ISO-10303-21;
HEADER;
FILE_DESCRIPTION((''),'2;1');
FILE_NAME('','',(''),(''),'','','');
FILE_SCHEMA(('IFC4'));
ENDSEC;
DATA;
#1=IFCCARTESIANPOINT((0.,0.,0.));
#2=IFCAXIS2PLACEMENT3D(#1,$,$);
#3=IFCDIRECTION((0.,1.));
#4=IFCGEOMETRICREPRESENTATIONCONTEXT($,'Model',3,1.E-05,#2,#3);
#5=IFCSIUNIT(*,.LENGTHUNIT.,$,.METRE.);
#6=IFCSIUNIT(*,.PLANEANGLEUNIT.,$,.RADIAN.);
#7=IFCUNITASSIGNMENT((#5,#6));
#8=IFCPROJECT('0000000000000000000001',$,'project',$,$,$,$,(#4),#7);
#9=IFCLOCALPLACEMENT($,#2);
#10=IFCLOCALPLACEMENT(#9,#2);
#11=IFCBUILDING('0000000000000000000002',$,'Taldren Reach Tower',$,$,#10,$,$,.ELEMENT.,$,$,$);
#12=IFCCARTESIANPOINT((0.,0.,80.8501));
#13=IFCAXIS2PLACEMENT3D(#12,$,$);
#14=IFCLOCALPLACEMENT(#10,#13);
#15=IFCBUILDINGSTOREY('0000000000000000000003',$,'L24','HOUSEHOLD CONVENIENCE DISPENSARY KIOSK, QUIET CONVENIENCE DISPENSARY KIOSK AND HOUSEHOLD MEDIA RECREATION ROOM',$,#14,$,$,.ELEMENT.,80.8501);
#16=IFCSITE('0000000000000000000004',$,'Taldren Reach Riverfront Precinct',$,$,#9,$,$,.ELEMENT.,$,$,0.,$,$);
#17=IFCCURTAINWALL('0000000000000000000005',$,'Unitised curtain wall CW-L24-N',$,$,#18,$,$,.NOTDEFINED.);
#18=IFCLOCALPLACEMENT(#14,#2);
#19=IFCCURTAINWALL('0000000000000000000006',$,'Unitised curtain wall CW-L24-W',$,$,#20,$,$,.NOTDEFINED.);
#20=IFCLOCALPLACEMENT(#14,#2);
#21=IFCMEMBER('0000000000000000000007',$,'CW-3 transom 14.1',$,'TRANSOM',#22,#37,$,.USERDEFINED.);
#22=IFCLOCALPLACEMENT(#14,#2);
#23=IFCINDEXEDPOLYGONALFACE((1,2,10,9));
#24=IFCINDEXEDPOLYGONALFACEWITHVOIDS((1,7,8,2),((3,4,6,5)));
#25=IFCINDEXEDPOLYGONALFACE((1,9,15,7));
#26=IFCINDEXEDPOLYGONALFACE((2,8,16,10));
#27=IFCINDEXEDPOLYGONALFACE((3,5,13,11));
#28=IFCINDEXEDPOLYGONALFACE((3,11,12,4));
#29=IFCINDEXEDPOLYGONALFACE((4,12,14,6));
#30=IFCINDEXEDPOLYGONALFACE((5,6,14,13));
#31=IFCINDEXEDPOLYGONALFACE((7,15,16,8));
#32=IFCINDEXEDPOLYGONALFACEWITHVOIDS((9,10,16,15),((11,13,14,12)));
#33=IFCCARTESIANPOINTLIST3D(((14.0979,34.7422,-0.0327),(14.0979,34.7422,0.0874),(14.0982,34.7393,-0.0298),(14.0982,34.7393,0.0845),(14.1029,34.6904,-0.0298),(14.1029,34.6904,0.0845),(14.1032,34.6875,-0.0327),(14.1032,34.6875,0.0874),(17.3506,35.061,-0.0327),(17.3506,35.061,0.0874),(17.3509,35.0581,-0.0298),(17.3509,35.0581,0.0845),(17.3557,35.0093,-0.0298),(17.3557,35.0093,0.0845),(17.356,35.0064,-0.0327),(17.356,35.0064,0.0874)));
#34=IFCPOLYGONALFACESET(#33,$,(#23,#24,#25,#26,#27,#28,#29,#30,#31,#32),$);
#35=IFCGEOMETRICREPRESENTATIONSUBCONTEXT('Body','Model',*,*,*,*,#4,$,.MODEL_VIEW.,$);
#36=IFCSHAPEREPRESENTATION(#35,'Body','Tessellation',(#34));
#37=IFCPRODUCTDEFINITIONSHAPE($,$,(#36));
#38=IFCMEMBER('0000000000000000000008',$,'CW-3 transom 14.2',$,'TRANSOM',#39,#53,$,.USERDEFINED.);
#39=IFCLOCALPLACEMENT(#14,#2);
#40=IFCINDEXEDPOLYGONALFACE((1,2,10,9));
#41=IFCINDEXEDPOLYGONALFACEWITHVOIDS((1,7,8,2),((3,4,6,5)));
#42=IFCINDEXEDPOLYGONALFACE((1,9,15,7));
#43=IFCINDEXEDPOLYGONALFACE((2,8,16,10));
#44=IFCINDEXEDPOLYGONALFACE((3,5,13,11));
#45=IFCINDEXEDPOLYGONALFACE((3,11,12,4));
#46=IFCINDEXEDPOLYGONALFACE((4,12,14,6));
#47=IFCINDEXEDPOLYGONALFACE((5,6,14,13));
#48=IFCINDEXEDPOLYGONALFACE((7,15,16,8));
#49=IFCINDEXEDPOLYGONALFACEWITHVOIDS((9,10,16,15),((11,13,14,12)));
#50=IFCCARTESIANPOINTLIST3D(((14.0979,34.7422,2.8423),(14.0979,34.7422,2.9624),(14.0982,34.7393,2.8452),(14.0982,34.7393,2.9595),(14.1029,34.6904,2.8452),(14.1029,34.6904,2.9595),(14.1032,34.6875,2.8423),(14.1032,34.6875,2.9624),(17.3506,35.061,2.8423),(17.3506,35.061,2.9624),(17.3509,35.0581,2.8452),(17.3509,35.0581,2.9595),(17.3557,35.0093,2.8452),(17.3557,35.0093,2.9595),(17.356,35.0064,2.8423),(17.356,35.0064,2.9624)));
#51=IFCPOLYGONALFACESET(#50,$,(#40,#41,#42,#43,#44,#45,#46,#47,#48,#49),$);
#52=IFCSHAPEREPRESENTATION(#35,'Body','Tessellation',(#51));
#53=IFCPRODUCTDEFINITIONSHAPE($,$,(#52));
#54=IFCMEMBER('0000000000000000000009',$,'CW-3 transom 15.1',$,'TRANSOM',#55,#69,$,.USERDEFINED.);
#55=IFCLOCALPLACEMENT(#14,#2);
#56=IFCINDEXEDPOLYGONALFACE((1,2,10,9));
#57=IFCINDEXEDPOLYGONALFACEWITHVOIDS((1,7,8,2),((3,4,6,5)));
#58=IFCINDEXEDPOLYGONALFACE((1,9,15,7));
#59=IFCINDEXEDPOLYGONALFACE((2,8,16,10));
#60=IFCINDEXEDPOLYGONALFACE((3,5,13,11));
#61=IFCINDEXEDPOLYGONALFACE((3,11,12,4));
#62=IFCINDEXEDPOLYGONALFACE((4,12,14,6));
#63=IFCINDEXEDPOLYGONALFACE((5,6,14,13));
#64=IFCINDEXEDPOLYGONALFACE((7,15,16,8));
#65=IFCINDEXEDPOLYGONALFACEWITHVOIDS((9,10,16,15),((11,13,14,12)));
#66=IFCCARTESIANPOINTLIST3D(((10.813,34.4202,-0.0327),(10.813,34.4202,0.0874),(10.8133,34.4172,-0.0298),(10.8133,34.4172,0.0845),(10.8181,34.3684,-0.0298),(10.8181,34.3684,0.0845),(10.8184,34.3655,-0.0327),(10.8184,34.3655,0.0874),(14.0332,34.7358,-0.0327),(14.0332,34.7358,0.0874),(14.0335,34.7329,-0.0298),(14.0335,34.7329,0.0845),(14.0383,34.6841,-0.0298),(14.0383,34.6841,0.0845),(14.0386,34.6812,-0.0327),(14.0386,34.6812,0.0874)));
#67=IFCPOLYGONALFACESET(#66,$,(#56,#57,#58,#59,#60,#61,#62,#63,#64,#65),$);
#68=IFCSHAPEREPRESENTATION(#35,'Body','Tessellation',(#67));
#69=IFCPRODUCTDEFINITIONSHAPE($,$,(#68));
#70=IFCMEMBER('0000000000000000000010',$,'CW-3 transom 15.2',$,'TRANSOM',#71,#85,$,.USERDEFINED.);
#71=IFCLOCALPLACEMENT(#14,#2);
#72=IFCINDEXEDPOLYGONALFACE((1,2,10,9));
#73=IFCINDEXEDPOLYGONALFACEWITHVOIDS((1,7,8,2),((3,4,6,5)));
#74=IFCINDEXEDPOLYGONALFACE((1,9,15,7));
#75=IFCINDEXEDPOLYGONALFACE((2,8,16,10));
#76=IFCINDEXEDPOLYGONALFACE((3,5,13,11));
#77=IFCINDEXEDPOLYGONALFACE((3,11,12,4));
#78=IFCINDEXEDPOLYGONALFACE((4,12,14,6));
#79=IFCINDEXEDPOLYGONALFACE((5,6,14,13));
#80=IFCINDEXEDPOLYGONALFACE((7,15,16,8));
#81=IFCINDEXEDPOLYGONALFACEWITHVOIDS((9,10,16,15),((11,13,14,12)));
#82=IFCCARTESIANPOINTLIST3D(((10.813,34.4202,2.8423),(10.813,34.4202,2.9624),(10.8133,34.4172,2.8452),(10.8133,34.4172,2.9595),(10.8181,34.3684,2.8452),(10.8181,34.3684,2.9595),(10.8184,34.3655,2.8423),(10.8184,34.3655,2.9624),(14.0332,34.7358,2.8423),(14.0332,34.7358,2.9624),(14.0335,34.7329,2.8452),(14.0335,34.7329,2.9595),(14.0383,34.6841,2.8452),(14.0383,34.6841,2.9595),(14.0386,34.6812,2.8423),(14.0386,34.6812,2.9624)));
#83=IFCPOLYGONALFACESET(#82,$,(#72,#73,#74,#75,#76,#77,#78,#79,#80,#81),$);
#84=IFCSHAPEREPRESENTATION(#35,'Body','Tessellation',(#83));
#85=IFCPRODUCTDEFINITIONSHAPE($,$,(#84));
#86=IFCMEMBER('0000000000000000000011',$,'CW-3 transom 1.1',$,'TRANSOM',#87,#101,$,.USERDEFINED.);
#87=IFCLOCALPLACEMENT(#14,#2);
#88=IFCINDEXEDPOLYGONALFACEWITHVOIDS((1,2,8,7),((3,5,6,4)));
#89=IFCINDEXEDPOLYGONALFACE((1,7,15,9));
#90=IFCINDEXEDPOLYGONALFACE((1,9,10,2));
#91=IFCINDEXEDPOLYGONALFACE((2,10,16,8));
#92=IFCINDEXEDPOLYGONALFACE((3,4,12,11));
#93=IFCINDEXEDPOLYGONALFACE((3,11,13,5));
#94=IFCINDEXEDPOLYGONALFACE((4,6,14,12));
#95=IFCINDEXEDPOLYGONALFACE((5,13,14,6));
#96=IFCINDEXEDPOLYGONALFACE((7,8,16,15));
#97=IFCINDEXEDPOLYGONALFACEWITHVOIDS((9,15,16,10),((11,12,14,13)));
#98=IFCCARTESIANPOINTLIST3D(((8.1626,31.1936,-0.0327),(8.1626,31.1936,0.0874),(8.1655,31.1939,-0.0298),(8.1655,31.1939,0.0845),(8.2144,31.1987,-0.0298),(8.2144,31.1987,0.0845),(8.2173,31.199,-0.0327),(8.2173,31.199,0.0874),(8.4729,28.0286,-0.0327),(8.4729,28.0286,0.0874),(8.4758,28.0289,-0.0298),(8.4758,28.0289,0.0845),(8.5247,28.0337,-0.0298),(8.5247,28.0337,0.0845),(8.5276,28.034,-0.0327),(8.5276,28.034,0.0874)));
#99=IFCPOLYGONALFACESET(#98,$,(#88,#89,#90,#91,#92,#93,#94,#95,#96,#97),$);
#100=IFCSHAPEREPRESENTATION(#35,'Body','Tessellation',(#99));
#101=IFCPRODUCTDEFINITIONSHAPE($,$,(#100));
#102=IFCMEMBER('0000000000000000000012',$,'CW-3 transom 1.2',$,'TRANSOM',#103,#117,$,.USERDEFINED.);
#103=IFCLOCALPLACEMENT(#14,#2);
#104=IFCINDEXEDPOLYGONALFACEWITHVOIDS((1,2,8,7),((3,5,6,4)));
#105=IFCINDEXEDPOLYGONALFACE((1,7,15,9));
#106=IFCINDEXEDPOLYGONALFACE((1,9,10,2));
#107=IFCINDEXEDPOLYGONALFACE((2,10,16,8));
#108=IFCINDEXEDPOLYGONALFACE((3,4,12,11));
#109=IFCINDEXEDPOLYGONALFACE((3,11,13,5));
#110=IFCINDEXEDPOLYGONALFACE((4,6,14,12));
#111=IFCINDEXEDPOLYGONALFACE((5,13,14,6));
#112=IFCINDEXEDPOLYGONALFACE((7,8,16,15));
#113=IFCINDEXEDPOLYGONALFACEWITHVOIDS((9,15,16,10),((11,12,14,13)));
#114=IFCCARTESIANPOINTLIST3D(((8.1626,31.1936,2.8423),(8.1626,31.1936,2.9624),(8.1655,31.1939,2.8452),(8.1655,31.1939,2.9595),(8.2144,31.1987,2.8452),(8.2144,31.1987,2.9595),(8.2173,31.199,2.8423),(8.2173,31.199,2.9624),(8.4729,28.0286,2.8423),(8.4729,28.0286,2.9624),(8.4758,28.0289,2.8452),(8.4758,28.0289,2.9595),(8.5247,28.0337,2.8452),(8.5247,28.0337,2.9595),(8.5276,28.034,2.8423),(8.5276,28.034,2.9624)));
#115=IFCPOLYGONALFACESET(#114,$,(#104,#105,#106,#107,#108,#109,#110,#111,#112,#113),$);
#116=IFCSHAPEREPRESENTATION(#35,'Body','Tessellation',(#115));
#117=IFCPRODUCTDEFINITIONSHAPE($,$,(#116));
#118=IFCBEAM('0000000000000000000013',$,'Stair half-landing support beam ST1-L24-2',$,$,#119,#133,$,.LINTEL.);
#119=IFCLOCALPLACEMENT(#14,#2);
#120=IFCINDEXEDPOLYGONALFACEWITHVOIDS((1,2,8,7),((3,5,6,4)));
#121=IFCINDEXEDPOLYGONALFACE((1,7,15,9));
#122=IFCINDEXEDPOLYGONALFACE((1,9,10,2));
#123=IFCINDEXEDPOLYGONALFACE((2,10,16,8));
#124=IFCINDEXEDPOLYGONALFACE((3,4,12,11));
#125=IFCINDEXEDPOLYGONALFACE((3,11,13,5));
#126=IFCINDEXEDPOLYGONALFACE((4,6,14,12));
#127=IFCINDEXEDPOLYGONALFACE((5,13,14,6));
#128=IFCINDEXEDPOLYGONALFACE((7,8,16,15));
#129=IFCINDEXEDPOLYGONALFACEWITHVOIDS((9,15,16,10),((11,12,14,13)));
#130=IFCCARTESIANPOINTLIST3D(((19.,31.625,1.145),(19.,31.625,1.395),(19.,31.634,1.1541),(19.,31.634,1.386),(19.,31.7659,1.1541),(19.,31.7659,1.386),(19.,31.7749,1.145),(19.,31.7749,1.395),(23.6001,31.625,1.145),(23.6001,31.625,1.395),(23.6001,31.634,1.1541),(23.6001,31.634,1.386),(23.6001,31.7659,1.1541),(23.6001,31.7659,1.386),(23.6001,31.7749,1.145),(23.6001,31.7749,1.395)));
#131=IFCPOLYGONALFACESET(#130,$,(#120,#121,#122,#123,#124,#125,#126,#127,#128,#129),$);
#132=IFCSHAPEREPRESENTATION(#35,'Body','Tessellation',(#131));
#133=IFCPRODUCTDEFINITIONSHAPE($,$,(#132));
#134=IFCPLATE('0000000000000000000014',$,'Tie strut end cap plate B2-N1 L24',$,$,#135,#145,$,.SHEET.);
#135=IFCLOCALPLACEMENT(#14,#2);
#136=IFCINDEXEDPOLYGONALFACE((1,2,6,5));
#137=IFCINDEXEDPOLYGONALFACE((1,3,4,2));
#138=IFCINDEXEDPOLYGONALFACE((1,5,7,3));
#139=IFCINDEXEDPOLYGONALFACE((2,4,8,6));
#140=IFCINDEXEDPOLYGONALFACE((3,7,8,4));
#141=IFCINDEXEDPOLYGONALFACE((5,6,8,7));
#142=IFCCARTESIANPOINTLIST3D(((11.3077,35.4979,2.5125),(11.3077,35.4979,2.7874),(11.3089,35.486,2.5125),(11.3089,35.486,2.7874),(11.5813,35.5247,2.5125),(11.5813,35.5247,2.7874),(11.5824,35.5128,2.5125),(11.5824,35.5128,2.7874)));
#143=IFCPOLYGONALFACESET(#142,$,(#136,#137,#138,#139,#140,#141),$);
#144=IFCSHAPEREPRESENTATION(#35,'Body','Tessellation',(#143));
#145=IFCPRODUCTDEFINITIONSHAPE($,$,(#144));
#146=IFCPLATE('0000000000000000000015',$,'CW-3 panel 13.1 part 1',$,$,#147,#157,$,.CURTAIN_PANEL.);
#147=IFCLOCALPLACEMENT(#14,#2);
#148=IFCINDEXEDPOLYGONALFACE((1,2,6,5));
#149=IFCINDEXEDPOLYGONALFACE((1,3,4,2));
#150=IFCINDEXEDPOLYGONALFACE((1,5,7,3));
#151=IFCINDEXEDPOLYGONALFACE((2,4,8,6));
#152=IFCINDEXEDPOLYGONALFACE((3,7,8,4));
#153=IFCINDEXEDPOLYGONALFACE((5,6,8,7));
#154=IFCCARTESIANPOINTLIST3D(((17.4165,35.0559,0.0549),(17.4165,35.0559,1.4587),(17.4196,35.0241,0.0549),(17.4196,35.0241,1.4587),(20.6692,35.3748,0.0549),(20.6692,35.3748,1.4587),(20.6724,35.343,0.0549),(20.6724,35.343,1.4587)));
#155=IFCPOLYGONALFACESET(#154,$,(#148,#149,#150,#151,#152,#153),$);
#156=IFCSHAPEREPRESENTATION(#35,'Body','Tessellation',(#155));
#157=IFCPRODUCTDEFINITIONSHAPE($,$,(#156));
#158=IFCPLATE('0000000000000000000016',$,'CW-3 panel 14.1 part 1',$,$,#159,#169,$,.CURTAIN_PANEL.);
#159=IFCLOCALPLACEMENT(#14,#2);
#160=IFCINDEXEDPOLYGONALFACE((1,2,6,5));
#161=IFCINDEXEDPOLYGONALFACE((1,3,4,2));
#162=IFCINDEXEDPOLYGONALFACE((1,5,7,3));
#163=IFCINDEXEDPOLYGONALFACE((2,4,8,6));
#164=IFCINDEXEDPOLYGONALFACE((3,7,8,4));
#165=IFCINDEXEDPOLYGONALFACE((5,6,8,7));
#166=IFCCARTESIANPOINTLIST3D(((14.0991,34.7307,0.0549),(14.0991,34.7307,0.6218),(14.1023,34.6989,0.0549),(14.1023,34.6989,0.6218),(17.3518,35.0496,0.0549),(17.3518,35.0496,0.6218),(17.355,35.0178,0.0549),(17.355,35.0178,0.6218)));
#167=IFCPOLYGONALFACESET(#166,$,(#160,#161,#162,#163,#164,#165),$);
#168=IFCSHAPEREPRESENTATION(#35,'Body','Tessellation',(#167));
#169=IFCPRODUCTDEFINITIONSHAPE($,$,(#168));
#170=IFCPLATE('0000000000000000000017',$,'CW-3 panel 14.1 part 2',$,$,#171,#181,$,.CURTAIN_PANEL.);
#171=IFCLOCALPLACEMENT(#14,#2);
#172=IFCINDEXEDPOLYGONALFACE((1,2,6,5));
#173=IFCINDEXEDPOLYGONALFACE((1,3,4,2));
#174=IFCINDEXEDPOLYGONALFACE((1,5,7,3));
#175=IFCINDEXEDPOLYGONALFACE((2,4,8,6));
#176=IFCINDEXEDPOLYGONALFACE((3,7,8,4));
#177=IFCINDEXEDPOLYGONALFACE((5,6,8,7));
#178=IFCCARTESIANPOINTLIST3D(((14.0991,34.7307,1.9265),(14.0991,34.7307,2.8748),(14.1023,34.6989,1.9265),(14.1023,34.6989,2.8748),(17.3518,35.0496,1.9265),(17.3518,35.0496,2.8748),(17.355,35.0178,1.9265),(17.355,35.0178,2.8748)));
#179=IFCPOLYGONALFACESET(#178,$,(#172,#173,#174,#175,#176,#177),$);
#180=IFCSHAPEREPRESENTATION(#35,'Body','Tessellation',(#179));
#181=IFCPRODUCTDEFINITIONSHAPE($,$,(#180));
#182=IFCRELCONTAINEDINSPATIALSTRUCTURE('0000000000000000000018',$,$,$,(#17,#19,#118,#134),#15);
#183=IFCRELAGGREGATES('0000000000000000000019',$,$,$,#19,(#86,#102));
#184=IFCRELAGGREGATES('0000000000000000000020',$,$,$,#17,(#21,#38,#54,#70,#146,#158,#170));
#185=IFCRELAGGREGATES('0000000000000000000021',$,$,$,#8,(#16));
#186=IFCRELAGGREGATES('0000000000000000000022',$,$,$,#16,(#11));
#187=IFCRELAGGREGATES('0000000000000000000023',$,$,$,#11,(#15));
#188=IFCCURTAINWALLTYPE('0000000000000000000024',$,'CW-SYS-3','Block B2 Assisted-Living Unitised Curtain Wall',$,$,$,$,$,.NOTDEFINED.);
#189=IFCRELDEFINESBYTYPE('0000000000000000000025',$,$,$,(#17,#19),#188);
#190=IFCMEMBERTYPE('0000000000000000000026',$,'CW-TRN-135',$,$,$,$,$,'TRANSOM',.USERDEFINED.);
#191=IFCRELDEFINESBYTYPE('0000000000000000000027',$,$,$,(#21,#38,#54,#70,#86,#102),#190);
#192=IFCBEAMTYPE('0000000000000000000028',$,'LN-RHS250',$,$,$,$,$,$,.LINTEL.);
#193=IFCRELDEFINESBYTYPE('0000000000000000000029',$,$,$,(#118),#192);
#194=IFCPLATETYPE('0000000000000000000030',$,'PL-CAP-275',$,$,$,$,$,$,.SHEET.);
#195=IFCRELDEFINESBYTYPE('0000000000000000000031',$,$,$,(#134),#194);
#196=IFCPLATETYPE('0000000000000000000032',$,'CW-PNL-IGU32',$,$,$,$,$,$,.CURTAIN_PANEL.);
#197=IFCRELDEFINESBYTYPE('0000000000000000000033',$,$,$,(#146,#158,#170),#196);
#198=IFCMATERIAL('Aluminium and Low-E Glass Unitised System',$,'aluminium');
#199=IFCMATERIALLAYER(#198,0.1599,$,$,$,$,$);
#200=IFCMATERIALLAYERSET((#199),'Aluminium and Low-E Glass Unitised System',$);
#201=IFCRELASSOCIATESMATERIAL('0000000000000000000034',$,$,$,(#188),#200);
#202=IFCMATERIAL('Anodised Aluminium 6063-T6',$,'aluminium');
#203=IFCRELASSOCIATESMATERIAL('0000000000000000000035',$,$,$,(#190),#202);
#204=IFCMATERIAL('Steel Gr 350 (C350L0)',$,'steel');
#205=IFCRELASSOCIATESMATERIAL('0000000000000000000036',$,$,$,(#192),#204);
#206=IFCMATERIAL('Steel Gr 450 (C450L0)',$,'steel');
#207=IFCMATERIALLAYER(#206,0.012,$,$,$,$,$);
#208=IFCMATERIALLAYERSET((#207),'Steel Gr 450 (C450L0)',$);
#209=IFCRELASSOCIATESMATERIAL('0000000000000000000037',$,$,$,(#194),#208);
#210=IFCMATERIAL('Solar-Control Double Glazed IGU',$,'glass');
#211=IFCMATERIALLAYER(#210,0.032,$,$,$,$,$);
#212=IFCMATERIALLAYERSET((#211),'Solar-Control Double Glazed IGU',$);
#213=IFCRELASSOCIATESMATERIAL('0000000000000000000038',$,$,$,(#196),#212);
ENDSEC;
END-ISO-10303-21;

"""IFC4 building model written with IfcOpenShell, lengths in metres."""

from ifc_helpers import new_model, si_unit, direction, frame, origin, origin_2d, place, context, subcontext, project, spatial, rectangle, hollow_rectangle, extrude, source, transform, mapped, material, layer, layer_set, material_profile, profile_set, type_object, element, aggregate, save


model = new_model("IFC4")

# Units and contexts
model_context = context("Model", 3, precision=1e-05, world=origin(), true_north=direction((0.0, 1.0)))
body_context = subcontext(model_context, "Body", "Model", "MODEL_VIEW")
ifc_project = project(units=[si_unit("LENGTHUNIT", "METRE"), si_unit("PLANEANGLEUNIT", "RADIAN")], contexts=[model_context])

# Site, building, storey
site_placement = place(None, origin())
site = spatial("IfcSite", under=ifc_project, at=site_placement, Name="Taldren Reach Riverfront Precinct", CompositionType="ELEMENT", RefElevation=0.0)
building_placement = place(site_placement, origin())
building = spatial("IfcBuilding", under=site, at=building_placement, Name="Taldren Reach Tower", CompositionType="ELEMENT")
storey_placement = place(building_placement, frame((0.0, 0.0, 80.8501)))
storey = spatial("IfcBuildingStorey", under=building, at=storey_placement, Name="L24", Description="HOUSEHOLD CONVENIENCE DISPENSARY KIOSK, QUIET CONVENIENCE DISPENSARY KIOSK AND HOUSEHOLD MEDIA RECREATION ROOM", CompositionType="ELEMENT", Elevation=80.8501)

# Shared definitions
ifc_material_1 = material(Name="Steel Gr 450 (C450L0)", Category="steel")
ifc_material_2 = material(Name="Steel Gr 350 (C350L0)", Category="steel")

# Curtain wall
ifc_material_3 = material(Name="Aluminium and Low-E Glass Unitised System", Category="aluminium")
ifc_layer_1 = layer(ifc_material_3, 0.1599)
ifc_layer_set_1 = layer_set([ifc_layer_1], Name="Aluminium and Low-E Glass Unitised System")
curtain_wall_type = type_object("IfcCurtainWallType", Name="CW-SYS-3", Description="Block B2 Assisted-Living Unitised Curtain Wall", PredefinedType="NOTDEFINED", material=ifc_layer_set_1)
curtain_wall_1_placement = place(storey_placement, origin())
curtain_wall_1 = element("IfcCurtainWall", 1, at=curtain_wall_1_placement, inside=storey, type_object=curtain_wall_type, Name="Unitised curtain wall CW-L24-N", PredefinedType="NOTDEFINED")
ifc_material_4 = material(Name="Anodised Aluminium 6063-T6", Category="aluminium")

# Curtain wall
curtain_wall_2_placement = place(storey_placement, origin())
curtain_wall_2 = element("IfcCurtainWall", 2, at=curtain_wall_2_placement, inside=storey, type_object=curtain_wall_type, Name="Unitised curtain wall CW-L24-W", PredefinedType="NOTDEFINED")

# Members
ifc_material_profile_1 = material_profile(ifc_material_4, hollow_rectangle(XDim=0.0549, YDim=0.1201, WallThickness=0.0029, at=origin_2d()), Name="ALU-120x55x3RHS")
ifc_profile_set_1 = profile_set([ifc_material_profile_1], Name="Anodised Aluminium 6063-T6")
member_type_1 = type_object("IfcMemberType", Name="CW-TRN-135", ElementType="TRANSOM", PredefinedType="USERDEFINED", material=ifc_profile_set_1)
shared_shape_1 = source(origin(), body_context, "Body", "SweptSolid", [
    extrude(hollow_rectangle(XDim=0.0549, YDim=0.1201, WallThickness=0.0029, at=origin_2d()), origin(), (0.0, 0.0, 1.0), 3.2683),
])
member_1_placement = place(storey_placement, frame((17.3533, 35.0337, 0.0273), z_axis=(-0.99523, -0.097558, 0.0), x_axis=(0.097558, -0.99523, 0.0)))
member_1 = element("IfcMember", 3, at=member_1_placement, type_object=member_type_1, Name="CW-3 transom 14.1", ObjectType="TRANSOM", PredefinedType="USERDEFINED", context=body_context, shape_type="MappedRepresentation", body=[
    mapped(shared_shape_1, transform((0.0, 0.0, 0.0), scale=1.0)),
])
member_2_placement = place(storey_placement, frame((17.3533, 35.0337, 2.9023), z_axis=(-0.99523, -0.097558, 0.0), x_axis=(0.097558, -0.99523, 0.0)))
member_2 = element("IfcMember", 4, at=member_2_placement, type_object=member_type_1, Name="CW-3 transom 14.2", ObjectType="TRANSOM", PredefinedType="USERDEFINED", context=body_context, shape_type="MappedRepresentation", body=[
    mapped(shared_shape_1, transform((0.0, 0.0, 0.0), scale=1.0)),
])
shared_shape_2 = source(origin(), body_context, "Body", "SweptSolid", [
    extrude(hollow_rectangle(XDim=0.0549, YDim=0.1201, WallThickness=0.0029, at=origin_2d()), origin(), (0.0, 0.0, 1.0), 3.2356),
])
member_3_placement = place(storey_placement, frame((14.0359, 34.7085, 0.0273), z_axis=(-0.99523, -0.097561, 0.0), x_axis=(0.097561, -0.99523, 0.0)))
member_3 = element("IfcMember", 5, at=member_3_placement, type_object=member_type_1, Name="CW-3 transom 15.1", ObjectType="TRANSOM", PredefinedType="USERDEFINED", context=body_context, shape_type="MappedRepresentation", body=[
    mapped(shared_shape_2, transform((0.0, 0.0, 0.0), scale=1.0)),
])
member_4_placement = place(storey_placement, frame((14.0359, 34.7085, 2.9023), z_axis=(-0.99523, -0.097561, 0.0), x_axis=(0.097561, -0.99523, 0.0)))
member_4 = element("IfcMember", 6, at=member_4_placement, type_object=member_type_1, Name="CW-3 transom 15.2", ObjectType="TRANSOM", PredefinedType="USERDEFINED", context=body_context, shape_type="MappedRepresentation", body=[
    mapped(shared_shape_2, transform((0.0, 0.0, 0.0), scale=1.0)),
])
shared_shape_3 = source(origin(), body_context, "Body", "SweptSolid", [
    extrude(hollow_rectangle(XDim=0.0549, YDim=0.1201, WallThickness=0.0029, at=origin_2d()), origin(), (0.0, 0.0, 1.0), 3.1802),
])
member_5_placement = place(storey_placement, frame((8.1899, 31.1963, 0.0273), z_axis=(0.097573, -0.995228, 0.0), x_axis=(0.995228, 0.097573, 0.0)))
member_5 = element("IfcMember", 7, at=member_5_placement, type_object=member_type_1, Name="CW-3 transom 1.1", ObjectType="TRANSOM", PredefinedType="USERDEFINED", context=body_context, shape_type="MappedRepresentation", body=[
    mapped(shared_shape_3, transform((0.0, 0.0, 0.0), scale=1.0)),
])
member_6_placement = place(storey_placement, frame((8.1899, 31.1963, 2.9023), z_axis=(0.097573, -0.995228, 0.0), x_axis=(0.995228, 0.097573, 0.0)))
member_6 = element("IfcMember", 8, at=member_6_placement, type_object=member_type_1, Name="CW-3 transom 1.2", ObjectType="TRANSOM", PredefinedType="USERDEFINED", context=body_context, shape_type="MappedRepresentation", body=[
    mapped(shared_shape_3, transform((0.0, 0.0, 0.0), scale=1.0)),
])
aggregate(curtain_wall_2, [member_5, member_6])

# Beam
ifc_material_profile_2 = material_profile(ifc_material_2, hollow_rectangle(XDim=0.1499, YDim=0.25, WallThickness=0.009, at=origin_2d()), Name="250x150x9.0RHS")
ifc_profile_set_2 = profile_set([ifc_material_profile_2], Name="Steel Gr 350 (C350L0)")
beam_type_1 = type_object("IfcBeamType", Name="LN-RHS250", PredefinedType="LINTEL", material=ifc_profile_set_2)
shared_shape_4 = source(origin(), body_context, "Body", "SweptSolid", [
    extrude(hollow_rectangle(XDim=0.1499, YDim=0.25, WallThickness=0.009, at=origin_2d()), origin(), (0.0, 0.0, 1.0), 4.6001),
])
beam_1_placement = place(storey_placement, frame((19.0, 31.7, 1.27), z_axis=(1.0, 0.0, 0.0), x_axis=(0.0, 1.0, 0.0)))
element("IfcBeam", 9, at=beam_1_placement, inside=storey, type_object=beam_type_1, Name="Stair half-landing support beam ST1-L24-2", PredefinedType="LINTEL", context=body_context, shape_type="MappedRepresentation", body=[
    mapped(shared_shape_4, transform((0.0, 0.0, 0.0), scale=1.0)),
])

# Plates
ifc_layer_2 = layer(ifc_material_1, 0.012)
ifc_layer_set_2 = layer_set([ifc_layer_2], Name="Steel Gr 450 (C450L0)")
plate_type_1 = type_object("IfcPlateType", Name="PL-CAP-275", PredefinedType="SHEET", material=ifc_layer_set_2)
shared_shape_5 = source(origin(), body_context, "Body", "SweptSolid", [
    extrude(rectangle(XDim=0.2749, YDim=0.012, at=origin_2d()), origin(), (0.0, 0.0, 1.0), 0.2749),
])
plate_1_placement = place(storey_placement, frame((11.4451, 35.5054, 2.5125), z_axis=(0.0, 0.0, 1.0), x_axis=(0.995227, 0.097583, 0.0)))
element("IfcPlate", 10, at=plate_1_placement, inside=storey, type_object=plate_type_1, Name="Tie strut end cap plate B2-N1 L24", PredefinedType="SHEET", context=body_context, shape_type="MappedRepresentation", body=[
    mapped(shared_shape_5, transform((0.0, 0.0, 0.0), scale=1.0)),
])
ifc_material_5 = material(Name="Solar-Control Double Glazed IGU", Category="glass")
ifc_layer_3 = layer(ifc_material_5, 0.032)
ifc_layer_set_3 = layer_set([ifc_layer_3], Name="Solar-Control Double Glazed IGU")
plate_type_2 = type_object("IfcPlateType", Name="CW-PNL-IGU32", PredefinedType="CURTAIN_PANEL", material=ifc_layer_set_3)
shared_shape_6 = source(origin(), body_context, "Body", "SweptSolid", [
    extrude(rectangle(XDim=3.2683, YDim=0.032, at=origin_2d()), origin(), (0.0, 0.0, 1.0), 1.4038),
])
plate_2_placement = place(storey_placement, frame((19.0444, 35.1995, 0.0549), z_axis=(0.0, 0.0, 1.0), x_axis=(-0.995227, -0.097583, 0.0)))
plate_2 = element("IfcPlate", 11, at=plate_2_placement, type_object=plate_type_2, Name="CW-3 panel 13.1 part 1", PredefinedType="CURTAIN_PANEL", context=body_context, shape_type="MappedRepresentation", body=[
    mapped(shared_shape_6, transform((0.0, 0.0, 0.0), scale=1.0)),
])
shared_shape_7 = source(origin(), body_context, "Body", "SweptSolid", [
    extrude(rectangle(XDim=3.2683, YDim=0.032, at=origin_2d()), origin(), (0.0, 0.0, 1.0), 0.5669),
])
plate_3_placement = place(storey_placement, frame((15.7271, 34.8743, 0.0549), z_axis=(0.0, 0.0, 1.0), x_axis=(-0.995227, -0.097583, 0.0)))
plate_3 = element("IfcPlate", 12, at=plate_3_placement, type_object=plate_type_2, Name="CW-3 panel 14.1 part 1", PredefinedType="CURTAIN_PANEL", context=body_context, shape_type="MappedRepresentation", body=[
    mapped(shared_shape_7, transform((0.0, 0.0, 0.0), scale=1.0)),
])
shared_shape_8 = source(origin(), body_context, "Body", "SweptSolid", [
    extrude(rectangle(XDim=3.2683, YDim=0.032, at=origin_2d()), origin(), (0.0, 0.0, 1.0), 0.9482),
])
plate_4_placement = place(storey_placement, frame((15.7271, 34.8743, 1.9265), z_axis=(0.0, 0.0, 1.0), x_axis=(-0.995227, -0.097583, 0.0)))
plate_4 = element("IfcPlate", 13, at=plate_4_placement, type_object=plate_type_2, Name="CW-3 panel 14.1 part 2", PredefinedType="CURTAIN_PANEL", context=body_context, shape_type="MappedRepresentation", body=[
    mapped(shared_shape_8, transform((0.0, 0.0, 0.0), scale=1.0)),
])
aggregate(curtain_wall_1, [member_1, member_2, member_3, member_4, plate_2, plate_3, plate_4])

save(model, "model.ifc")
